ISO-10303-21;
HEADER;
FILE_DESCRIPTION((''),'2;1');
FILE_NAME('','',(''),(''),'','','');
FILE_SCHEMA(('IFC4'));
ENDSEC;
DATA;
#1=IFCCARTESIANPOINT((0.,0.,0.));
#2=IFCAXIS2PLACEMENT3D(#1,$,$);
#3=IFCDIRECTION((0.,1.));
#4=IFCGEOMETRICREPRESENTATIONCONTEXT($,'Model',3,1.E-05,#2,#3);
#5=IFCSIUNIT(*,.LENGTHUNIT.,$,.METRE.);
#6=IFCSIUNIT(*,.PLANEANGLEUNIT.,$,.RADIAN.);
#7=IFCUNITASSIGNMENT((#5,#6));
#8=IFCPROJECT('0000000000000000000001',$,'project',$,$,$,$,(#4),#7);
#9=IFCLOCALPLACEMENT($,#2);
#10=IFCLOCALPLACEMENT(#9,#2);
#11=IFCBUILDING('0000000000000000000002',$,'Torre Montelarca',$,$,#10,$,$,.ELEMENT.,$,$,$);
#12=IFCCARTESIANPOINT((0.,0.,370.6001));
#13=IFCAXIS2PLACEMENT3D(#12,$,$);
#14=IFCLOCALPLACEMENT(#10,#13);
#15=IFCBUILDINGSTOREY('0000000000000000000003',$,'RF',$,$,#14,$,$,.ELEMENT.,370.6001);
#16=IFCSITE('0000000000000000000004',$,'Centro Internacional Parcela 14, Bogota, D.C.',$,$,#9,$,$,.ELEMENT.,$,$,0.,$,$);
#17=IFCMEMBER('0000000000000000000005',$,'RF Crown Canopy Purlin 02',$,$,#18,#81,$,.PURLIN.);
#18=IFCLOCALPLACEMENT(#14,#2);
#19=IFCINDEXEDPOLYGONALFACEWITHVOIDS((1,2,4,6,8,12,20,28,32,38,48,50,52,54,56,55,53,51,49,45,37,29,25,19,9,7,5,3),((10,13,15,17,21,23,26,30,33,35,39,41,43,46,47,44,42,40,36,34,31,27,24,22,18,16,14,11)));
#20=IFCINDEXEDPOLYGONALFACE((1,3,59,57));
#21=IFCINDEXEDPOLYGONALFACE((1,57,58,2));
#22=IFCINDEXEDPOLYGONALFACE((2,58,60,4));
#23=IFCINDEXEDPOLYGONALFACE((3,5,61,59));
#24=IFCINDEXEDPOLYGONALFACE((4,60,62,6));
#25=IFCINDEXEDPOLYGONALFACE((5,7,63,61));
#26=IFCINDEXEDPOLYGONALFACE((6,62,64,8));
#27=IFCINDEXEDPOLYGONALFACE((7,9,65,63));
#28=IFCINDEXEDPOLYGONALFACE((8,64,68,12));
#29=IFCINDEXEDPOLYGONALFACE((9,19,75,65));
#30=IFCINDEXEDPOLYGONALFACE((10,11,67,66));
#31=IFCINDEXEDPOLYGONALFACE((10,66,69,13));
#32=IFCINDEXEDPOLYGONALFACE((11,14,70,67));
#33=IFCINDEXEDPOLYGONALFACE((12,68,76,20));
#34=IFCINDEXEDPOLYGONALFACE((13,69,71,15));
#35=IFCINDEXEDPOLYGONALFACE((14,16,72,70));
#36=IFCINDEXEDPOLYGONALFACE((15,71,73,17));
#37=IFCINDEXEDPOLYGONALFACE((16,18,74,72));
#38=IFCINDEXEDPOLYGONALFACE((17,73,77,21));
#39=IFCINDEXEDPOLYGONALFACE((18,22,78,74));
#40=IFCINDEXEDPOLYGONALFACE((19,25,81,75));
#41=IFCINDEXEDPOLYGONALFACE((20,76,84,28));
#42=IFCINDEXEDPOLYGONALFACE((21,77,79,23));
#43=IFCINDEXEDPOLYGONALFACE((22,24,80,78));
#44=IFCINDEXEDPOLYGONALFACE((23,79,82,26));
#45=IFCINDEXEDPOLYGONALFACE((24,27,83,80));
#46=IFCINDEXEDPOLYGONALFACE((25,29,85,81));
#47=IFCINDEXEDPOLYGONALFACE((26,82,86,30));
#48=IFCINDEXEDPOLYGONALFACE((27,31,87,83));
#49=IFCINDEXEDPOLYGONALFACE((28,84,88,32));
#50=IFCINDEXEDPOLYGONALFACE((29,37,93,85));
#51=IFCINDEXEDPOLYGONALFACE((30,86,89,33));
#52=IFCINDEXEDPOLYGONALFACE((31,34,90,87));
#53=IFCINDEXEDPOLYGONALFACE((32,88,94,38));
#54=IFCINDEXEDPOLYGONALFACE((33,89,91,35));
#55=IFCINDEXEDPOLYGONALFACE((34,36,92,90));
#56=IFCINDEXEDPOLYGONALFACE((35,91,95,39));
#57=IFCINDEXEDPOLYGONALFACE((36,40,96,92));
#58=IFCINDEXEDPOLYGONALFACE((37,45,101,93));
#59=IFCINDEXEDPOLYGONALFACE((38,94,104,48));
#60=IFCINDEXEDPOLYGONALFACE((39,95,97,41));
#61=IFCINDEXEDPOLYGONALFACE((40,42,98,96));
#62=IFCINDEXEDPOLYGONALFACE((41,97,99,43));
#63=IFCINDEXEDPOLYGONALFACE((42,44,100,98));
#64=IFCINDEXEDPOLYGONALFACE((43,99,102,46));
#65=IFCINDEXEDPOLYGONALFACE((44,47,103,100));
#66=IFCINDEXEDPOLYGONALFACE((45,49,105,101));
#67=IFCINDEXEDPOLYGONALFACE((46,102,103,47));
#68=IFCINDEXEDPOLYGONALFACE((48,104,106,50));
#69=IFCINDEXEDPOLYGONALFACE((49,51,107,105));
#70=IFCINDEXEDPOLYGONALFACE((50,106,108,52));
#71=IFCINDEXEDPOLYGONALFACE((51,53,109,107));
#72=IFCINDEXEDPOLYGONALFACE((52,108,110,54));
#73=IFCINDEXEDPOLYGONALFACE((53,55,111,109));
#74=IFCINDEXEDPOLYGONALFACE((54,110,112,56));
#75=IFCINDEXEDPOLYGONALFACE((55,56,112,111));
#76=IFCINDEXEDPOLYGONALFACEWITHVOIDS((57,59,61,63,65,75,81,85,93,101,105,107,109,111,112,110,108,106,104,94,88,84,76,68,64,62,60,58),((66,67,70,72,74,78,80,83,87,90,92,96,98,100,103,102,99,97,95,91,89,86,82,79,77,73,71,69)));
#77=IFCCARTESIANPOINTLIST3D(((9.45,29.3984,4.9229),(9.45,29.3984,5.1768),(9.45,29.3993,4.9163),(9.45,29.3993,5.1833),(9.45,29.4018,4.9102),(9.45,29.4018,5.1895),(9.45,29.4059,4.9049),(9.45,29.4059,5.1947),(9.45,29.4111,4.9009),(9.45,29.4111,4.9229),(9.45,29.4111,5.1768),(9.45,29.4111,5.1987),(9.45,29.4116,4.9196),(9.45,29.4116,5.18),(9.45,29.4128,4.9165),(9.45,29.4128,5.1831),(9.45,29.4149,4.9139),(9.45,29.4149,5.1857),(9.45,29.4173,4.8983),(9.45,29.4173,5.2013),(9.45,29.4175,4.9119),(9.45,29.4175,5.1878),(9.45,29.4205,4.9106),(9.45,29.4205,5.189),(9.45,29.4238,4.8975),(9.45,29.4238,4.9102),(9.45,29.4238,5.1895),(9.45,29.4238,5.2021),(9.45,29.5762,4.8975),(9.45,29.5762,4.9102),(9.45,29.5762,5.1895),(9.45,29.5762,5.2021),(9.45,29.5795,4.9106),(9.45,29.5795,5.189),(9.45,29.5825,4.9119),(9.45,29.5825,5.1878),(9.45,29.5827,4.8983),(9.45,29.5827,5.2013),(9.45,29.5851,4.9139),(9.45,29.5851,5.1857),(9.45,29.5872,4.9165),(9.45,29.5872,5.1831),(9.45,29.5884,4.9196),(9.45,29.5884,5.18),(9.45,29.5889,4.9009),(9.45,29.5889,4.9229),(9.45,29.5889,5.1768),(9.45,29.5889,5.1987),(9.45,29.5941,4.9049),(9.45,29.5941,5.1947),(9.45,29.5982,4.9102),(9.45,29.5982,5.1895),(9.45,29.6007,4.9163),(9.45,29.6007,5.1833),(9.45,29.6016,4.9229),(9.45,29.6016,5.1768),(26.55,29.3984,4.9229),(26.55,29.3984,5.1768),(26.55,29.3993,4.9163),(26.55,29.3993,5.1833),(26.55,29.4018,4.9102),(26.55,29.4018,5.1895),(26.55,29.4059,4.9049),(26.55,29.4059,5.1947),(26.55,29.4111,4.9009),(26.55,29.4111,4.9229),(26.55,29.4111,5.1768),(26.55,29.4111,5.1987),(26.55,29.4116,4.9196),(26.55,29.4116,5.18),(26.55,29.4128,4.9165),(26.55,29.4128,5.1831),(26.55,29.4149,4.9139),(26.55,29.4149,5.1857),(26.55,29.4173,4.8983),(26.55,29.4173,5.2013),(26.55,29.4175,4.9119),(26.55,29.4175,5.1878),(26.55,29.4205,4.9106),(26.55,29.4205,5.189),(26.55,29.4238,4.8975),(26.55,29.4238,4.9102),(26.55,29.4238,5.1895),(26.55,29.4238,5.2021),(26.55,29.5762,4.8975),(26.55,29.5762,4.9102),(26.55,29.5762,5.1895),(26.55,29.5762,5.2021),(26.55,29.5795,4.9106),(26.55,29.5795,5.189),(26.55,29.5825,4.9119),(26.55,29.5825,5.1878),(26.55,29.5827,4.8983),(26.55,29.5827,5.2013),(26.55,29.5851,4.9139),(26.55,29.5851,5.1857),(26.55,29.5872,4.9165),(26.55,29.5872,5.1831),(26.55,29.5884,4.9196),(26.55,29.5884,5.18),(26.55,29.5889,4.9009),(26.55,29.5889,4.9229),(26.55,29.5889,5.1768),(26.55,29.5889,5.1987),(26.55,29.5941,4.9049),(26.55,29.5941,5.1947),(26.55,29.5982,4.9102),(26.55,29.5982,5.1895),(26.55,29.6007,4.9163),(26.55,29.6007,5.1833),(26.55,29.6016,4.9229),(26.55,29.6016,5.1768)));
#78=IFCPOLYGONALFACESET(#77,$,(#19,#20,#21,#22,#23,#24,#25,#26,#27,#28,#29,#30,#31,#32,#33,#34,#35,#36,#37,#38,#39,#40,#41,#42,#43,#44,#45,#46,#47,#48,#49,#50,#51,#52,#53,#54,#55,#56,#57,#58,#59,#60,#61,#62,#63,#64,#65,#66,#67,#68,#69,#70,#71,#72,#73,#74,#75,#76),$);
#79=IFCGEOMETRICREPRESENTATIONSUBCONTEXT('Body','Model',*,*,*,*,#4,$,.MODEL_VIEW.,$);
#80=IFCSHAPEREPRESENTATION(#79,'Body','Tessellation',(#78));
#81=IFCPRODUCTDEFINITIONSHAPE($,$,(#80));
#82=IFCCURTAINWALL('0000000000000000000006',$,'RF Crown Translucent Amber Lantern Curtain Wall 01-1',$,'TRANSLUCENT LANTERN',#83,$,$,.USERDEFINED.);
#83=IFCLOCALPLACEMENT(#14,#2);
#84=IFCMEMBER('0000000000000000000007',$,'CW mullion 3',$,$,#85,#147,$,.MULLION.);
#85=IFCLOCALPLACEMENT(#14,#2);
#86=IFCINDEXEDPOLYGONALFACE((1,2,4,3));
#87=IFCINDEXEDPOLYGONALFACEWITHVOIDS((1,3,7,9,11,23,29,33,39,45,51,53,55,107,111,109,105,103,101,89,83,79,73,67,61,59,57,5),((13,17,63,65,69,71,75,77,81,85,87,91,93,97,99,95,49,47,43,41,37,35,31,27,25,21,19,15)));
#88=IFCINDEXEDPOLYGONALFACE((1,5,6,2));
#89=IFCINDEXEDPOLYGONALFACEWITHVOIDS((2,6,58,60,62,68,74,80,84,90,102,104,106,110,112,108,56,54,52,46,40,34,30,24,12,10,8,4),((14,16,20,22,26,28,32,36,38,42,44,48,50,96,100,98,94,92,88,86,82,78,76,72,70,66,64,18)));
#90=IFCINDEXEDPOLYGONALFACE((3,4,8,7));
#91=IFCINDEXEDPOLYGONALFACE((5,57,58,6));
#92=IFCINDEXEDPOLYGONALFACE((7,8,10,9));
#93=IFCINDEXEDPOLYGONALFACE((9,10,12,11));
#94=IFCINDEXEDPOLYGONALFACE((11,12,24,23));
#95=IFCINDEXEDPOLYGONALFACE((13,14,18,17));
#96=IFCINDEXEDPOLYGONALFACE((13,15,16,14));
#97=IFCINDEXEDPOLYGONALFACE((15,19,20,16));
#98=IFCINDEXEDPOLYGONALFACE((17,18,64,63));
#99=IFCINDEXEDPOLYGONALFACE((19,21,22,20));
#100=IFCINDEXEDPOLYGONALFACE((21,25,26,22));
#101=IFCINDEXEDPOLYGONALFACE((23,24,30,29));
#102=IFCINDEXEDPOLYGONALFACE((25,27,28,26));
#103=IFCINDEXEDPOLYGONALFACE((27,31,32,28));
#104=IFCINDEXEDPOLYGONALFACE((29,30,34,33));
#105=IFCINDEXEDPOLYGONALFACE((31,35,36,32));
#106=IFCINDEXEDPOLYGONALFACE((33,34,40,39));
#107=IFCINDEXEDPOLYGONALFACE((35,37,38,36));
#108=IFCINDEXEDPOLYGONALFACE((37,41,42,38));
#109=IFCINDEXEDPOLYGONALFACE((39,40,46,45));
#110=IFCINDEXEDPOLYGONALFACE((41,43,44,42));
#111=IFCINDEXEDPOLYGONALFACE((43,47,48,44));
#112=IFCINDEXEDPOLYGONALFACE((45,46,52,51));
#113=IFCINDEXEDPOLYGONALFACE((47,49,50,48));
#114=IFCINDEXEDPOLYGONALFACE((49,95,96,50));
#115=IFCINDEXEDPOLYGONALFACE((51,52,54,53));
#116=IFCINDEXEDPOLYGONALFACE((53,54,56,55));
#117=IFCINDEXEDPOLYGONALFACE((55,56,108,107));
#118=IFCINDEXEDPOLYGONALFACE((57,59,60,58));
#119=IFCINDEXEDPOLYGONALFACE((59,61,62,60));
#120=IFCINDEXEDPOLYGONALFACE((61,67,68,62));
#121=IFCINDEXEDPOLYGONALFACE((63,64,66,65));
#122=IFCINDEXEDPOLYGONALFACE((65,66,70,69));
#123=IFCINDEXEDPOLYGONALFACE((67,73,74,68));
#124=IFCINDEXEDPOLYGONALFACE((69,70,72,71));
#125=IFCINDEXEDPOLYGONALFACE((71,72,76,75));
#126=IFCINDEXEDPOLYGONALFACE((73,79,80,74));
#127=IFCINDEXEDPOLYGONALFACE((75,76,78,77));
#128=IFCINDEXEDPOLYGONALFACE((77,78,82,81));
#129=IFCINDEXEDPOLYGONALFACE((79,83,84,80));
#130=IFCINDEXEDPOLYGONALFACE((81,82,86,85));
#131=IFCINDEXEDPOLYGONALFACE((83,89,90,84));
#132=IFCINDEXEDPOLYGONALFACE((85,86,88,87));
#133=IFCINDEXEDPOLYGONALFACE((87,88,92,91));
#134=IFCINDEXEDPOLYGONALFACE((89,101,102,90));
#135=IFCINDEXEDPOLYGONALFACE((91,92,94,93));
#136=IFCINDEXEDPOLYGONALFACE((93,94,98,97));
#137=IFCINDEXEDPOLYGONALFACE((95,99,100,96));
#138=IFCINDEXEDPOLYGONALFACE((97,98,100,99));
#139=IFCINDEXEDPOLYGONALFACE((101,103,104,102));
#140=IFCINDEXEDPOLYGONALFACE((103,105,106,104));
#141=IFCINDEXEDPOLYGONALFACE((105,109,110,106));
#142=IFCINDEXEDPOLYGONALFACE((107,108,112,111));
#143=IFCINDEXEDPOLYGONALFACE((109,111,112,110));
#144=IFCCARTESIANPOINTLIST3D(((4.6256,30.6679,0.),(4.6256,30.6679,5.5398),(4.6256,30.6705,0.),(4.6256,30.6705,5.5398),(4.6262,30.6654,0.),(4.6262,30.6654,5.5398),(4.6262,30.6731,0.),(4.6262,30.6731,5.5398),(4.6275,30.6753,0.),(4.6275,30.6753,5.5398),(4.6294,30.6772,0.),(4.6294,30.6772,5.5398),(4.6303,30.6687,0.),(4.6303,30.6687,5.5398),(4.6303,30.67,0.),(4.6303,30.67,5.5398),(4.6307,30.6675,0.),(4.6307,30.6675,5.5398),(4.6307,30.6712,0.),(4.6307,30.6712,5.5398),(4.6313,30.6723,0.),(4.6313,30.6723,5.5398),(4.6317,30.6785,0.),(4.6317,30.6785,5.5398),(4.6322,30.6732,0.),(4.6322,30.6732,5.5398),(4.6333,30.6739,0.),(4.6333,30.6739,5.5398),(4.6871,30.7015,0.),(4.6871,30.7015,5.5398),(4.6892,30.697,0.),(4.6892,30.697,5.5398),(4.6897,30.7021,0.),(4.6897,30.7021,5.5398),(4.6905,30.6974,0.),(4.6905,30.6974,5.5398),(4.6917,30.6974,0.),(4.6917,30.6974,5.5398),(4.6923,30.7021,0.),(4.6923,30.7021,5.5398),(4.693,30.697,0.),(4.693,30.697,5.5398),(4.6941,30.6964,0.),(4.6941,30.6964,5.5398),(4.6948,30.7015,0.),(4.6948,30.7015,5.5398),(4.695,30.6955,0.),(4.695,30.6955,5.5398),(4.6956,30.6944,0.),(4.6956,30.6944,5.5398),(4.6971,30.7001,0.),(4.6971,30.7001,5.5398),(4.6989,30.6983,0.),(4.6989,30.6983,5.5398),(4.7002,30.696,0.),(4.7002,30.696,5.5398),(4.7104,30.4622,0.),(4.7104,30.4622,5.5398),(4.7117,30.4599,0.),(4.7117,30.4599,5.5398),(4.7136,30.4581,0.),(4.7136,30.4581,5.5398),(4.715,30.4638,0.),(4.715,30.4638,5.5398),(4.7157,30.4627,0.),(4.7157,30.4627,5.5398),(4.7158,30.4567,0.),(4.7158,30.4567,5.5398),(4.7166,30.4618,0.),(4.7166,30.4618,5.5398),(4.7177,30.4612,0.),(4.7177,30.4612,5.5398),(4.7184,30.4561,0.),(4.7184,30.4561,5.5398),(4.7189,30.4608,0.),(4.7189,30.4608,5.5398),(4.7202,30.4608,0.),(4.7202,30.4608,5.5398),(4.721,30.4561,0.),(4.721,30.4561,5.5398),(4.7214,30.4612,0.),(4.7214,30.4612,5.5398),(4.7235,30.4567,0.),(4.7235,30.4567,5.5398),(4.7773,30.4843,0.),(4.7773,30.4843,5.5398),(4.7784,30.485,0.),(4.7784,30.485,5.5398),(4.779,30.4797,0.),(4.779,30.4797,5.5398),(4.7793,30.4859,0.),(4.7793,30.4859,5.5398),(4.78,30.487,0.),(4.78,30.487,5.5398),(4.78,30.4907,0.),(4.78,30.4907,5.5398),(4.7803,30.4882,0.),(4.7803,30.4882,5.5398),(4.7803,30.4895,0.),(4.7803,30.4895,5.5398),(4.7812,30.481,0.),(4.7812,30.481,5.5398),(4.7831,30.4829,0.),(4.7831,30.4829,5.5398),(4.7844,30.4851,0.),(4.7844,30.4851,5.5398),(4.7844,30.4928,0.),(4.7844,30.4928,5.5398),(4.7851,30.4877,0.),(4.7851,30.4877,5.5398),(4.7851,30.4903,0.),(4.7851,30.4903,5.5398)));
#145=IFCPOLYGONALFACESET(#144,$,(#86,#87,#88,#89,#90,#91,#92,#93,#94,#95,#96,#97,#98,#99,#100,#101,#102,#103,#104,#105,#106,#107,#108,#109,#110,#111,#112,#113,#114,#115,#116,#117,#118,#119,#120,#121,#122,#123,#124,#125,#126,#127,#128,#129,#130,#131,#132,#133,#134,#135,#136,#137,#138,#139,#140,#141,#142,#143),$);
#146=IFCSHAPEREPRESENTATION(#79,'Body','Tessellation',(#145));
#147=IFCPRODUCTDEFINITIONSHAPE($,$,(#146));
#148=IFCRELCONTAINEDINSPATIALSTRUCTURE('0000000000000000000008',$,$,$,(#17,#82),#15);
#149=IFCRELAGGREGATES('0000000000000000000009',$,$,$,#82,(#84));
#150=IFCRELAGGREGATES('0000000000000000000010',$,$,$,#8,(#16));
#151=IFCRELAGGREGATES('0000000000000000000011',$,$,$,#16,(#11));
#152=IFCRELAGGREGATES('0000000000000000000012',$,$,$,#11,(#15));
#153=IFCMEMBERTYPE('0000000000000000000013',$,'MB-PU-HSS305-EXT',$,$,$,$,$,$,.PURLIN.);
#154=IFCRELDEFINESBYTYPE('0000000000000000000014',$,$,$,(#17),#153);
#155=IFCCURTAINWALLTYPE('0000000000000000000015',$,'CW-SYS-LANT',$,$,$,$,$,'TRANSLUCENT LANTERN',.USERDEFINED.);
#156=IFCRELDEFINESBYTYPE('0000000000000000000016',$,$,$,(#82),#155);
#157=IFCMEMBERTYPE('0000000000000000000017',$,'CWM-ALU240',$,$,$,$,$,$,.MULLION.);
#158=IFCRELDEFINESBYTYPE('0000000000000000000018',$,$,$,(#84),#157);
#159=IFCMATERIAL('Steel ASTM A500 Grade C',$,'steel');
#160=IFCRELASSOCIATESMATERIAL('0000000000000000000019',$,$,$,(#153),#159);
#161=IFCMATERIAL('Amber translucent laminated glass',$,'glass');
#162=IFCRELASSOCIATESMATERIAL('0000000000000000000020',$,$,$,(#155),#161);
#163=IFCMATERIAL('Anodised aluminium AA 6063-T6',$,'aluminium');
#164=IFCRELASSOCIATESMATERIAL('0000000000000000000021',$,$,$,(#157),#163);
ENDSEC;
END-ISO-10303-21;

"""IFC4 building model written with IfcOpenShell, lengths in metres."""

from ifc_helpers import new_model, si_unit, direction, frame, origin, origin_2d, place, context, subcontext, project, spatial, hollow_rectangle, extrude, source, transform, mapped, material, material_profile, profile_set, type_object, element, aggregate, save


model = new_model("IFC4")

# Units and contexts
model_context = context("Model", 3, precision=1e-05, world=origin(), true_north=direction((0.0, 1.0)))
body_context = subcontext(model_context, "Body", "Model", "MODEL_VIEW")
ifc_project = project(units=[si_unit("LENGTHUNIT", "METRE"), si_unit("PLANEANGLEUNIT", "RADIAN")], contexts=[model_context])

# Site, building, storey
site_placement = place(None, origin())
site = spatial("IfcSite", under=ifc_project, at=site_placement, Name="Centro Internacional Parcela 14, Bogota, D.C.", CompositionType="ELEMENT", RefElevation=0.0)
building_placement = place(site_placement, origin())
building = spatial("IfcBuilding", under=site, at=building_placement, Name="Torre Montelarca", CompositionType="ELEMENT")
storey_placement = place(building_placement, frame((0.0, 0.0, 370.6001)))
storey = spatial("IfcBuildingStorey", under=building, at=storey_placement, Name="RF", CompositionType="ELEMENT", Elevation=370.6001)

# Shared definitions
ifc_material_1 = material(Name="Steel ASTM A500 Grade C", Category="steel")

# Member
ifc_material_profile_1 = material_profile(ifc_material_1, hollow_rectangle(XDim=0.2031, YDim=0.3047, WallThickness=0.0127, InnerFilletRadius=0.0127, OuterFilletRadius=0.0254, at=origin_2d()), Name="HSS305X203X12.7", Category="steel")
ifc_profile_set_1 = profile_set([ifc_material_profile_1], Name="Steel ASTM A500 Grade C")
member_type_1 = type_object("IfcMemberType", Name="MB-PU-HSS305-EXT", PredefinedType="PURLIN", material=ifc_profile_set_1)
shared_shape_1 = source(origin(), body_context, "Body", "SweptSolid", [
    extrude(hollow_rectangle(XDim=0.2031, YDim=0.3047, WallThickness=0.0127, InnerFilletRadius=0.0127, OuterFilletRadius=0.0254, at=origin_2d()), origin(), (0.0, 0.0, 1.0), 17.1001),
])
for number, where, z_axis, x_axis, name in (
    (1, (9.45, 29.5, 5.0498), (1.0, 0.0, 0.0), (0.0, 1.0, 0.0), "RF Crown Canopy Purlin 02"),
):
    element("IfcMember", number, at=place(storey_placement, frame(where, z_axis=z_axis, x_axis=x_axis)), inside=storey, type_object=member_type_1, Name=name, PredefinedType="PURLIN", context=body_context, shape_type="MappedRepresentation", body=[
        mapped(shared_shape_1, transform((0.0, 0.0, 0.0), scale=1.0)),
    ])

# Curtain wall, member
ifc_material_2 = material(Name="Amber translucent laminated glass", Category="glass")
curtain_wall_type = type_object("IfcCurtainWallType", Name="CW-SYS-LANT", ElementType="TRANSLUCENT LANTERN", PredefinedType="USERDEFINED", material=ifc_material_2)
curtain_wall_placement = place(storey_placement, origin())
curtain_wall = element("IfcCurtainWall", 2, at=curtain_wall_placement, inside=storey, type_object=curtain_wall_type, Name="RF Crown Translucent Amber Lantern Curtain Wall 01-1", ObjectType="TRANSLUCENT LANTERN", PredefinedType="USERDEFINED")
ifc_material_3 = material(Name="Anodised aluminium AA 6063-T6", Category="aluminium")
ifc_material_profile_2 = material_profile(ifc_material_3, hollow_rectangle(XDim=0.0801, YDim=0.24, WallThickness=0.0049, InnerFilletRadius=0.0049, OuterFilletRadius=0.01, at=origin_2d()), Name="ALU80X240X5", Category="aluminium")
ifc_profile_set_2 = profile_set([ifc_material_profile_2], Name="Anodised aluminium AA 6063-T6")
member_type_2 = type_object("IfcMemberType", Name="CWM-ALU240", PredefinedType="MULLION", material=ifc_profile_set_2)
shared_shape_2 = source(origin(), body_context, "Body", "SweptSolid", [
    extrude(hollow_rectangle(XDim=0.0801, YDim=0.24, WallThickness=0.0049, InnerFilletRadius=0.0049, OuterFilletRadius=0.01, at=origin_2d()), origin(), (0.0, 0.0, 1.0), 5.5398),
])
member_1_placement = place(storey_placement, frame((4.7053, 30.5791, 0.0), z_axis=(0.0, 0.0, 1.0), x_axis=(0.923879, 0.382685, 0.0)))
member_1 = element("IfcMember", 3, at=member_1_placement, type_object=member_type_2, Name="CW mullion 3", PredefinedType="MULLION", context=body_context, shape_type="MappedRepresentation", body=[
    mapped(shared_shape_2, transform((0.0, 0.0, 0.0), scale=1.0)),
])

aggregate(curtain_wall, [member_1])

save(model, "model.ifc")
